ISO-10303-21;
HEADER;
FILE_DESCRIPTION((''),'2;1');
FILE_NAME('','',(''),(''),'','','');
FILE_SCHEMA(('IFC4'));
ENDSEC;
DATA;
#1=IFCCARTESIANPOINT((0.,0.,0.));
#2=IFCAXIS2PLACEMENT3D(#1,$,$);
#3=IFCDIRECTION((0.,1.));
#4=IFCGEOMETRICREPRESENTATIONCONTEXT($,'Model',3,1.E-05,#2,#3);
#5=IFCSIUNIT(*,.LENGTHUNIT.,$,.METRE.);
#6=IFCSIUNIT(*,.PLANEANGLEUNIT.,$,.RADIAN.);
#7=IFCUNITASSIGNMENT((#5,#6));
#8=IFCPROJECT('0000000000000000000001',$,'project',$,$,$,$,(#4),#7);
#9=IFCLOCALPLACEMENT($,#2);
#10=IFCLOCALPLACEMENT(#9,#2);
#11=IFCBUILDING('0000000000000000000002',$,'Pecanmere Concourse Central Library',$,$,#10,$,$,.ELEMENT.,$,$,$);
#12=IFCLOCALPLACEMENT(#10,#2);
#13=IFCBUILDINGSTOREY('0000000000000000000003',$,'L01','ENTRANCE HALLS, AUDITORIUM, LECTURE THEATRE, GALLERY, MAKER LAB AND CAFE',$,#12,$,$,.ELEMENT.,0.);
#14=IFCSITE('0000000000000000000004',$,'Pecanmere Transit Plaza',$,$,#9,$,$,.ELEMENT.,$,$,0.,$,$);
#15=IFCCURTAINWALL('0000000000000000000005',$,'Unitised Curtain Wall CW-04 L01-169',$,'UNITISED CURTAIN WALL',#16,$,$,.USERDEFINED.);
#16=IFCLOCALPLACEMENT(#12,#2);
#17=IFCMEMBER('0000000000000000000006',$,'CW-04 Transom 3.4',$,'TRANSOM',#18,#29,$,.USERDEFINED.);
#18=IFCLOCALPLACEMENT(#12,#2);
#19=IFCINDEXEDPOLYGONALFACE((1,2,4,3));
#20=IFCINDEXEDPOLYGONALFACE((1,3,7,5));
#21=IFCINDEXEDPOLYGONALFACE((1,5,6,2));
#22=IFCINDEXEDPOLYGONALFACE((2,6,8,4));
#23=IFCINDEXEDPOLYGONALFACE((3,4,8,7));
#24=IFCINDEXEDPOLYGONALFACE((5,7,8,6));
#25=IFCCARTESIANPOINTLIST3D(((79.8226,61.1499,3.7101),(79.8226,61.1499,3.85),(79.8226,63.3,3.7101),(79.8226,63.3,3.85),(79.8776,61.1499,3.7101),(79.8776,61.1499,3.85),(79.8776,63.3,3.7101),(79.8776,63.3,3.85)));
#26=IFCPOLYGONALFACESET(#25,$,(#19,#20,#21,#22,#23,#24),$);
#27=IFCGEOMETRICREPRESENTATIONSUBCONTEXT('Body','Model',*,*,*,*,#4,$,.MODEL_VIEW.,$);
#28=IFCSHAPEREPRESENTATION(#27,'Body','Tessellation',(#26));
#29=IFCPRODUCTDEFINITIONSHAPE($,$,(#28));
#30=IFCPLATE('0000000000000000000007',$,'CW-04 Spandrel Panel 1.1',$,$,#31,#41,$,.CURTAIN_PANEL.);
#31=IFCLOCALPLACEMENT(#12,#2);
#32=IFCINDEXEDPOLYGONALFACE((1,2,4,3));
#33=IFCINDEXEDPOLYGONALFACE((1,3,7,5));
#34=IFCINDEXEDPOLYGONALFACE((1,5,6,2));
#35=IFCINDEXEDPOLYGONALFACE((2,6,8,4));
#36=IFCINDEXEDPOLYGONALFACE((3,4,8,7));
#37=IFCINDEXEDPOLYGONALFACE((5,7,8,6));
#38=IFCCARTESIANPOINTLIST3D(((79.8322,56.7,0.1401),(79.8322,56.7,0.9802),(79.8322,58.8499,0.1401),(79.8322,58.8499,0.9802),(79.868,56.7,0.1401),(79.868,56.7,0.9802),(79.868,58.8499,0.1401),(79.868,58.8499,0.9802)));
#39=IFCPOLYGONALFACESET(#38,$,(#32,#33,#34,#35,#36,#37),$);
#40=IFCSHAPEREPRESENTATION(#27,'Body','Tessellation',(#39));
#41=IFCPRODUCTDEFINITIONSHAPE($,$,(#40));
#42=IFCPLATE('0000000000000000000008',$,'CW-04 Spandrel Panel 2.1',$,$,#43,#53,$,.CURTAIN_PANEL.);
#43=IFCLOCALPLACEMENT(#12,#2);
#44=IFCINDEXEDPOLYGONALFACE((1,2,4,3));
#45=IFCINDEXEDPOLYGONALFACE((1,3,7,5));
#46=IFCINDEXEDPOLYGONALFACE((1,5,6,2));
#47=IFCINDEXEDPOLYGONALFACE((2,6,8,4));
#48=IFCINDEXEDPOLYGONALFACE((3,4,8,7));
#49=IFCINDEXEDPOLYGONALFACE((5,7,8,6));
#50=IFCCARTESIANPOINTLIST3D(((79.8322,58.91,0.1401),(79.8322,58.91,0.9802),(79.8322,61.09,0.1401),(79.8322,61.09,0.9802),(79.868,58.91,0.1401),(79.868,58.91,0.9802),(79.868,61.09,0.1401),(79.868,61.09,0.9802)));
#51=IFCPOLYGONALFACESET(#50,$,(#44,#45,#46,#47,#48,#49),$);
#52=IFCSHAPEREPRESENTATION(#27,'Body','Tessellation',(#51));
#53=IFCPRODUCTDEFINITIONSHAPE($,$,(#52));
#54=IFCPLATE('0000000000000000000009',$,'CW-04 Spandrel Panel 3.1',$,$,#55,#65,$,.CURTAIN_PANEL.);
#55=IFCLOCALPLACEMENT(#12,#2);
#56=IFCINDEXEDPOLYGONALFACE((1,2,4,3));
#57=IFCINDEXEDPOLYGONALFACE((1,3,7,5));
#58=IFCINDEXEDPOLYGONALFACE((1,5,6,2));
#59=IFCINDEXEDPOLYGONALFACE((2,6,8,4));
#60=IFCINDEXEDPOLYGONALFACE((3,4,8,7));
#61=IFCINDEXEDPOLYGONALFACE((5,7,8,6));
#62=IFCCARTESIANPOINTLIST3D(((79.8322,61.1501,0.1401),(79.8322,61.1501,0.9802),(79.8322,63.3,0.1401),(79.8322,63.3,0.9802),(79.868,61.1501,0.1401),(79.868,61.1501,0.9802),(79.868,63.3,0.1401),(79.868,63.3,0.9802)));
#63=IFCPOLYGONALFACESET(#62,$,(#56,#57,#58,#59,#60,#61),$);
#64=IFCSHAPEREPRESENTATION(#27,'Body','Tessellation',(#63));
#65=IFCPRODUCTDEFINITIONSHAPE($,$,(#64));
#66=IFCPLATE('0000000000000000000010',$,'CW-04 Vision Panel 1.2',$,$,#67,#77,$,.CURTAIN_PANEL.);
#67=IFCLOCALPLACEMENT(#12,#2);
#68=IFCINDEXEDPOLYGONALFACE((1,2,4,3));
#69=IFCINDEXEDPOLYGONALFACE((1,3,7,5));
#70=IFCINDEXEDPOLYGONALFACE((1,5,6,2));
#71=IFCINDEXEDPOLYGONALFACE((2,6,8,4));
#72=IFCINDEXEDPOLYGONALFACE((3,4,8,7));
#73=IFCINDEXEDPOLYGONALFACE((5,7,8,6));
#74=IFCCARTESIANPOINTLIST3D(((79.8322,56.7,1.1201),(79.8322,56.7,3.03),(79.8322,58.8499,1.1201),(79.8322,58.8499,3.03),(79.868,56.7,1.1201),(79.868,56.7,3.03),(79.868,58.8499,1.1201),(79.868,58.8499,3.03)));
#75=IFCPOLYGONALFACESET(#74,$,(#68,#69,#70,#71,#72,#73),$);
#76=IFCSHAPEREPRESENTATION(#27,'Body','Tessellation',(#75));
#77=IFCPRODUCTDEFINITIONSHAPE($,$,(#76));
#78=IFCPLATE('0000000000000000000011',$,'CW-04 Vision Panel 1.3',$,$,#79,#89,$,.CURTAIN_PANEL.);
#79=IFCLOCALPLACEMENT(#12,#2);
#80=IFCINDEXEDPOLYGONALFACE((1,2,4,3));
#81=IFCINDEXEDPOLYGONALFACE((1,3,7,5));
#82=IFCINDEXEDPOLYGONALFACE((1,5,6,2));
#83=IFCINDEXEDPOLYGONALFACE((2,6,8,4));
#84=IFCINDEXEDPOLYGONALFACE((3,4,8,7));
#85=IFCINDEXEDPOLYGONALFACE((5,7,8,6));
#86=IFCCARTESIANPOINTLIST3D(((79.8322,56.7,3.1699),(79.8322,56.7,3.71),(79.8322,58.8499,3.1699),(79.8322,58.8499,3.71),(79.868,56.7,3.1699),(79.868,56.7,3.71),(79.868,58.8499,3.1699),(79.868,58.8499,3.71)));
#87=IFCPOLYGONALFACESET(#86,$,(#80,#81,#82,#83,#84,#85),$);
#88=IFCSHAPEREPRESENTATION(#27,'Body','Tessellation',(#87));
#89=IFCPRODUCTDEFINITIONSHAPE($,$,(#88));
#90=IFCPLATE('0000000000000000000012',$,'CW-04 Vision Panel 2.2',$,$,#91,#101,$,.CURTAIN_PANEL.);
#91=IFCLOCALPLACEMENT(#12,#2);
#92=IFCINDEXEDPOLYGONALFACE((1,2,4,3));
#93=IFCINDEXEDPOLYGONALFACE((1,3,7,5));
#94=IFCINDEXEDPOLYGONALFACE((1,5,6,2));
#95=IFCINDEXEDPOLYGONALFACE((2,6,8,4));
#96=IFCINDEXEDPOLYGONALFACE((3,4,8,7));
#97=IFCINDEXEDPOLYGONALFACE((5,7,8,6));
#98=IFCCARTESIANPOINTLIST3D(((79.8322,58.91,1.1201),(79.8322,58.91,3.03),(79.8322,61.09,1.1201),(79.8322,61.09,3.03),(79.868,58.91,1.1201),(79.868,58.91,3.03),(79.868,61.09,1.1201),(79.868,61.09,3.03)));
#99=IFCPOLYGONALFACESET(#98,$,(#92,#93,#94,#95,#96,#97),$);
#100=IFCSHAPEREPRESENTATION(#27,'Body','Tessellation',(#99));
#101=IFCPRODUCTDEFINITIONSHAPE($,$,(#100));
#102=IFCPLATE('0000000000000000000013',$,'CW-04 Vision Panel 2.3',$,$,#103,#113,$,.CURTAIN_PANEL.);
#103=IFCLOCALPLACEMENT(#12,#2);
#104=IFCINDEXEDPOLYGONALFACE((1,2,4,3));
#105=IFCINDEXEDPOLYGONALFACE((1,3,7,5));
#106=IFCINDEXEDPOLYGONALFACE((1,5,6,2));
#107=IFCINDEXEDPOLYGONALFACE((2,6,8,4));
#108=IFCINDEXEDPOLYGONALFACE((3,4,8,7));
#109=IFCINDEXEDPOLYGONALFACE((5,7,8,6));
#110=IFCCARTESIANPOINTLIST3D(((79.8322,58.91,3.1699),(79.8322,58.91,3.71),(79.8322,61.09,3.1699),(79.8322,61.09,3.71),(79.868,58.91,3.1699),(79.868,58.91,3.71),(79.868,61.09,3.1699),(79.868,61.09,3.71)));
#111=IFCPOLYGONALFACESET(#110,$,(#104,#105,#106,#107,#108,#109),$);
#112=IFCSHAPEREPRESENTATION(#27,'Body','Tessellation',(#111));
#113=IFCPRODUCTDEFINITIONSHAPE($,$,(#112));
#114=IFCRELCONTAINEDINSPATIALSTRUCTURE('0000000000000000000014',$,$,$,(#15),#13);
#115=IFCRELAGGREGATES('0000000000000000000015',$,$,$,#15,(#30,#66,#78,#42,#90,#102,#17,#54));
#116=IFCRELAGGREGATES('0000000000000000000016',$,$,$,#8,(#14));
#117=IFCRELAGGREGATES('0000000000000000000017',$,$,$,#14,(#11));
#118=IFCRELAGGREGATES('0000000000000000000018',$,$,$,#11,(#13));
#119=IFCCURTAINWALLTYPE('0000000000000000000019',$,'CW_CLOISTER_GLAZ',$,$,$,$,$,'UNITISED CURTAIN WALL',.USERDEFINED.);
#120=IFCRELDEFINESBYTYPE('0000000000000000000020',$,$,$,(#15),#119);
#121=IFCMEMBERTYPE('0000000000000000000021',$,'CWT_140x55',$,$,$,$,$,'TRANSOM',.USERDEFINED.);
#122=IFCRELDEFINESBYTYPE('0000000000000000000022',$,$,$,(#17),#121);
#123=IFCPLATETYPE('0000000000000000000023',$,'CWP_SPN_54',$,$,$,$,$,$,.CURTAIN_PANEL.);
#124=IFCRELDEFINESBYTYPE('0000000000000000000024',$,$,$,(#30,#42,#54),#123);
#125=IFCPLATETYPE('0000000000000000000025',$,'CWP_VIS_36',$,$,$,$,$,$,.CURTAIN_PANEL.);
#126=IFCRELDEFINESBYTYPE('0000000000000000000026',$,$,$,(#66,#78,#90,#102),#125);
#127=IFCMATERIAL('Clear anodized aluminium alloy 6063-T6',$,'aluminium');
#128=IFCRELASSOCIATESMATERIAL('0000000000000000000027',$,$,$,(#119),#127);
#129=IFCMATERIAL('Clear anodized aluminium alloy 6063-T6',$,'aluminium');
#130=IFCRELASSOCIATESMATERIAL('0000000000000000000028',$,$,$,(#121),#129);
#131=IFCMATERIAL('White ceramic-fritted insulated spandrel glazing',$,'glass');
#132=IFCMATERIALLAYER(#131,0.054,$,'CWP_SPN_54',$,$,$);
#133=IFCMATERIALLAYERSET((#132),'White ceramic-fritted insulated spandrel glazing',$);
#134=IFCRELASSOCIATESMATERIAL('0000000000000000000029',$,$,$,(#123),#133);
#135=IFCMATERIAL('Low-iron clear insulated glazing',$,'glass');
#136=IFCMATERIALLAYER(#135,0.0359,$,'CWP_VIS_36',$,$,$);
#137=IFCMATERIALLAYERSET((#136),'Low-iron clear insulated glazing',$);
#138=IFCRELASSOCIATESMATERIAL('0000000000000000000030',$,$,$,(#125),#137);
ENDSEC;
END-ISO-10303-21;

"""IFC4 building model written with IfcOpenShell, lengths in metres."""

from ifc_helpers import new_model, si_unit, direction, frame, origin, origin_2d, place, context, subcontext, project, spatial, rectangle, extrude, material, layer, layer_set, material_profile, profile_set, type_object, element, aggregate, save


model = new_model("IFC4")

# Units and contexts
model_context = context("Model", 3, precision=1e-05, world=origin(), true_north=direction((0.0, 1.0)))
body_context = subcontext(model_context, "Body", "Model", "MODEL_VIEW")
ifc_project = project(units=[si_unit("LENGTHUNIT", "METRE"), si_unit("PLANEANGLEUNIT", "RADIAN")], contexts=[model_context])

# Site, building, storey
site_placement = place(None, origin())
site = spatial("IfcSite", under=ifc_project, at=site_placement, Name="Pecanmere Transit Plaza", CompositionType="ELEMENT", RefElevation=0.0)
building_placement = place(site_placement, origin())
building = spatial("IfcBuilding", under=site, at=building_placement, Name="Pecanmere Concourse Central Library", CompositionType="ELEMENT")
storey_placement = place(building_placement, origin())
storey = spatial("IfcBuildingStorey", under=building, at=storey_placement, Name="L01", Description="ENTRANCE HALLS, AUDITORIUM, LECTURE THEATRE, GALLERY, MAKER LAB AND CAFE", CompositionType="ELEMENT", Elevation=0.0)

# Curtain wall, member, plates
ifc_material_1 = material(Name="Clear anodized aluminium alloy 6063-T6", Category="aluminium")
curtain_wall_type = type_object("IfcCurtainWallType", Name="CW_CLOISTER_GLAZ", ElementType="UNITISED CURTAIN WALL", PredefinedType="USERDEFINED", material=ifc_material_1)
curtain_wall_placement = place(storey_placement, origin())
curtain_wall = element("IfcCurtainWall", 1, at=curtain_wall_placement, inside=storey, type_object=curtain_wall_type, Name="Unitised Curtain Wall CW-04 L01-169", ObjectType="UNITISED CURTAIN WALL", PredefinedType="USERDEFINED")
ifc_material_2 = material(Name="Clear anodized aluminium alloy 6063-T6", Category="aluminium")
ifc_material_profile_1 = material_profile(ifc_material_2, rectangle(XDim=0.0549, YDim=0.1399, at=origin_2d()), Name="AL 55x140")
ifc_profile_set_1 = profile_set([ifc_material_profile_1], Name="Clear anodized aluminium alloy 6063-T6")
member_type_1 = type_object("IfcMemberType", Name="CWT_140x55", ElementType="TRANSOM", PredefinedType="USERDEFINED", material=ifc_profile_set_1)
member_1_placement = place(storey_placement, frame((79.8501, 61.1499, 3.78), z_axis=(0.0, 1.0, 0.0), x_axis=(-1.0, 0.0, 0.0)))
member_1 = element("IfcMember", 2, at=member_1_placement, type_object=member_type_1, Name="CW-04 Transom 3.4", ObjectType="TRANSOM", PredefinedType="USERDEFINED", context=body_context, shape_type="SweptSolid", body=[
    extrude(rectangle(XDim=0.0549, YDim=0.1399, at=origin_2d()), origin(), (0.0, 0.0, 1.0), 2.1501),
])
ifc_material_3 = material(Name="White ceramic-fritted insulated spandrel glazing", Category="glass")
ifc_layer_1 = layer(ifc_material_3, 0.054, Name="CWP_SPN_54")
ifc_layer_set_1 = layer_set([ifc_layer_1], Name="White ceramic-fritted insulated spandrel glazing")
plate_type_1 = type_object("IfcPlateType", Name="CWP_SPN_54", PredefinedType="CURTAIN_PANEL", material=ifc_layer_set_1)
plate_1_placement = place(storey_placement, frame((79.8501, 57.7749, 0.1401), z_axis=(0.0, 0.0, 1.0), x_axis=(0.0, 1.0, 0.0)))
plate_1 = element("IfcPlate", 3, at=plate_1_placement, type_object=plate_type_1, Name="CW-04 Spandrel Panel 1.1", PredefinedType="CURTAIN_PANEL", context=body_context, shape_type="SweptSolid", body=[
    extrude(rectangle(XDim=2.1499, YDim=0.0359, at=origin_2d()), origin(), (0.0, 0.0, 1.0), 0.8401),
])
plate_2_placement = place(storey_placement, frame((79.8501, 60.0, 0.1401), z_axis=(0.0, 0.0, 1.0), x_axis=(0.0, 1.0, 0.0)))
plate_2 = element("IfcPlate", 4, at=plate_2_placement, type_object=plate_type_1, Name="CW-04 Spandrel Panel 2.1", PredefinedType="CURTAIN_PANEL", context=body_context, shape_type="SweptSolid", body=[
    extrude(rectangle(XDim=2.1799, YDim=0.0359, at=origin_2d()), origin(), (0.0, 0.0, 1.0), 0.8401),
])
plate_3_placement = place(storey_placement, frame((79.8501, 62.2251, 0.1401), z_axis=(0.0, 0.0, 1.0), x_axis=(0.0, 1.0, 0.0)))
plate_3 = element("IfcPlate", 5, at=plate_3_placement, type_object=plate_type_1, Name="CW-04 Spandrel Panel 3.1", PredefinedType="CURTAIN_PANEL", context=body_context, shape_type="SweptSolid", body=[
    extrude(rectangle(XDim=2.1499, YDim=0.0359, at=origin_2d()), origin(), (0.0, 0.0, 1.0), 0.8401),
])
ifc_material_4 = material(Name="Low-iron clear insulated glazing", Category="glass")
ifc_layer_2 = layer(ifc_material_4, 0.0359, Name="CWP_VIS_36")
ifc_layer_set_2 = layer_set([ifc_layer_2], Name="Low-iron clear insulated glazing")
plate_type_2 = type_object("IfcPlateType", Name="CWP_VIS_36", PredefinedType="CURTAIN_PANEL", material=ifc_layer_set_2)
plate_4_placement = place(storey_placement, frame((79.8501, 57.7749, 1.1201), z_axis=(0.0, 0.0, 1.0), x_axis=(0.0, 1.0, 0.0)))
plate_4 = element("IfcPlate", 6, at=plate_4_placement, type_object=plate_type_2, Name="CW-04 Vision Panel 1.2", PredefinedType="CURTAIN_PANEL", context=body_context, shape_type="SweptSolid", body=[
    extrude(rectangle(XDim=2.1499, YDim=0.0359, at=origin_2d()), origin(), (0.0, 0.0, 1.0), 1.9099),
])
plate_5_placement = place(storey_placement, frame((79.8501, 57.7749, 3.1699), z_axis=(0.0, 0.0, 1.0), x_axis=(0.0, 1.0, 0.0)))
plate_5 = element("IfcPlate", 7, at=plate_5_placement, type_object=plate_type_2, Name="CW-04 Vision Panel 1.3", PredefinedType="CURTAIN_PANEL", context=body_context, shape_type="SweptSolid", body=[
    extrude(rectangle(XDim=2.1499, YDim=0.0359, at=origin_2d()), origin(), (0.0, 0.0, 1.0), 0.54),
])
plate_6_placement = place(storey_placement, frame((79.8501, 60.0, 1.1201), z_axis=(0.0, 0.0, 1.0), x_axis=(0.0, 1.0, 0.0)))
plate_6 = element("IfcPlate", 8, at=plate_6_placement, type_object=plate_type_2, Name="CW-04 Vision Panel 2.2", PredefinedType="CURTAIN_PANEL", context=body_context, shape_type="SweptSolid", body=[
    extrude(rectangle(XDim=2.1799, YDim=0.0359, at=origin_2d()), origin(), (0.0, 0.0, 1.0), 1.9099),
])
plate_7_placement = place(storey_placement, frame((79.8501, 60.0, 3.1699), z_axis=(0.0, 0.0, 1.0), x_axis=(0.0, 1.0, 0.0)))
plate_7 = element("IfcPlate", 9, at=plate_7_placement, type_object=plate_type_2, Name="CW-04 Vision Panel 2.3", PredefinedType="CURTAIN_PANEL", context=body_context, shape_type="SweptSolid", body=[
    extrude(rectangle(XDim=2.1799, YDim=0.0359, at=origin_2d()), origin(), (0.0, 0.0, 1.0), 0.54),
])
aggregate(curtain_wall, [plate_1, plate_4, plate_5, plate_2, plate_6, plate_7, member_1, plate_3])

save(model, "model.ifc")
